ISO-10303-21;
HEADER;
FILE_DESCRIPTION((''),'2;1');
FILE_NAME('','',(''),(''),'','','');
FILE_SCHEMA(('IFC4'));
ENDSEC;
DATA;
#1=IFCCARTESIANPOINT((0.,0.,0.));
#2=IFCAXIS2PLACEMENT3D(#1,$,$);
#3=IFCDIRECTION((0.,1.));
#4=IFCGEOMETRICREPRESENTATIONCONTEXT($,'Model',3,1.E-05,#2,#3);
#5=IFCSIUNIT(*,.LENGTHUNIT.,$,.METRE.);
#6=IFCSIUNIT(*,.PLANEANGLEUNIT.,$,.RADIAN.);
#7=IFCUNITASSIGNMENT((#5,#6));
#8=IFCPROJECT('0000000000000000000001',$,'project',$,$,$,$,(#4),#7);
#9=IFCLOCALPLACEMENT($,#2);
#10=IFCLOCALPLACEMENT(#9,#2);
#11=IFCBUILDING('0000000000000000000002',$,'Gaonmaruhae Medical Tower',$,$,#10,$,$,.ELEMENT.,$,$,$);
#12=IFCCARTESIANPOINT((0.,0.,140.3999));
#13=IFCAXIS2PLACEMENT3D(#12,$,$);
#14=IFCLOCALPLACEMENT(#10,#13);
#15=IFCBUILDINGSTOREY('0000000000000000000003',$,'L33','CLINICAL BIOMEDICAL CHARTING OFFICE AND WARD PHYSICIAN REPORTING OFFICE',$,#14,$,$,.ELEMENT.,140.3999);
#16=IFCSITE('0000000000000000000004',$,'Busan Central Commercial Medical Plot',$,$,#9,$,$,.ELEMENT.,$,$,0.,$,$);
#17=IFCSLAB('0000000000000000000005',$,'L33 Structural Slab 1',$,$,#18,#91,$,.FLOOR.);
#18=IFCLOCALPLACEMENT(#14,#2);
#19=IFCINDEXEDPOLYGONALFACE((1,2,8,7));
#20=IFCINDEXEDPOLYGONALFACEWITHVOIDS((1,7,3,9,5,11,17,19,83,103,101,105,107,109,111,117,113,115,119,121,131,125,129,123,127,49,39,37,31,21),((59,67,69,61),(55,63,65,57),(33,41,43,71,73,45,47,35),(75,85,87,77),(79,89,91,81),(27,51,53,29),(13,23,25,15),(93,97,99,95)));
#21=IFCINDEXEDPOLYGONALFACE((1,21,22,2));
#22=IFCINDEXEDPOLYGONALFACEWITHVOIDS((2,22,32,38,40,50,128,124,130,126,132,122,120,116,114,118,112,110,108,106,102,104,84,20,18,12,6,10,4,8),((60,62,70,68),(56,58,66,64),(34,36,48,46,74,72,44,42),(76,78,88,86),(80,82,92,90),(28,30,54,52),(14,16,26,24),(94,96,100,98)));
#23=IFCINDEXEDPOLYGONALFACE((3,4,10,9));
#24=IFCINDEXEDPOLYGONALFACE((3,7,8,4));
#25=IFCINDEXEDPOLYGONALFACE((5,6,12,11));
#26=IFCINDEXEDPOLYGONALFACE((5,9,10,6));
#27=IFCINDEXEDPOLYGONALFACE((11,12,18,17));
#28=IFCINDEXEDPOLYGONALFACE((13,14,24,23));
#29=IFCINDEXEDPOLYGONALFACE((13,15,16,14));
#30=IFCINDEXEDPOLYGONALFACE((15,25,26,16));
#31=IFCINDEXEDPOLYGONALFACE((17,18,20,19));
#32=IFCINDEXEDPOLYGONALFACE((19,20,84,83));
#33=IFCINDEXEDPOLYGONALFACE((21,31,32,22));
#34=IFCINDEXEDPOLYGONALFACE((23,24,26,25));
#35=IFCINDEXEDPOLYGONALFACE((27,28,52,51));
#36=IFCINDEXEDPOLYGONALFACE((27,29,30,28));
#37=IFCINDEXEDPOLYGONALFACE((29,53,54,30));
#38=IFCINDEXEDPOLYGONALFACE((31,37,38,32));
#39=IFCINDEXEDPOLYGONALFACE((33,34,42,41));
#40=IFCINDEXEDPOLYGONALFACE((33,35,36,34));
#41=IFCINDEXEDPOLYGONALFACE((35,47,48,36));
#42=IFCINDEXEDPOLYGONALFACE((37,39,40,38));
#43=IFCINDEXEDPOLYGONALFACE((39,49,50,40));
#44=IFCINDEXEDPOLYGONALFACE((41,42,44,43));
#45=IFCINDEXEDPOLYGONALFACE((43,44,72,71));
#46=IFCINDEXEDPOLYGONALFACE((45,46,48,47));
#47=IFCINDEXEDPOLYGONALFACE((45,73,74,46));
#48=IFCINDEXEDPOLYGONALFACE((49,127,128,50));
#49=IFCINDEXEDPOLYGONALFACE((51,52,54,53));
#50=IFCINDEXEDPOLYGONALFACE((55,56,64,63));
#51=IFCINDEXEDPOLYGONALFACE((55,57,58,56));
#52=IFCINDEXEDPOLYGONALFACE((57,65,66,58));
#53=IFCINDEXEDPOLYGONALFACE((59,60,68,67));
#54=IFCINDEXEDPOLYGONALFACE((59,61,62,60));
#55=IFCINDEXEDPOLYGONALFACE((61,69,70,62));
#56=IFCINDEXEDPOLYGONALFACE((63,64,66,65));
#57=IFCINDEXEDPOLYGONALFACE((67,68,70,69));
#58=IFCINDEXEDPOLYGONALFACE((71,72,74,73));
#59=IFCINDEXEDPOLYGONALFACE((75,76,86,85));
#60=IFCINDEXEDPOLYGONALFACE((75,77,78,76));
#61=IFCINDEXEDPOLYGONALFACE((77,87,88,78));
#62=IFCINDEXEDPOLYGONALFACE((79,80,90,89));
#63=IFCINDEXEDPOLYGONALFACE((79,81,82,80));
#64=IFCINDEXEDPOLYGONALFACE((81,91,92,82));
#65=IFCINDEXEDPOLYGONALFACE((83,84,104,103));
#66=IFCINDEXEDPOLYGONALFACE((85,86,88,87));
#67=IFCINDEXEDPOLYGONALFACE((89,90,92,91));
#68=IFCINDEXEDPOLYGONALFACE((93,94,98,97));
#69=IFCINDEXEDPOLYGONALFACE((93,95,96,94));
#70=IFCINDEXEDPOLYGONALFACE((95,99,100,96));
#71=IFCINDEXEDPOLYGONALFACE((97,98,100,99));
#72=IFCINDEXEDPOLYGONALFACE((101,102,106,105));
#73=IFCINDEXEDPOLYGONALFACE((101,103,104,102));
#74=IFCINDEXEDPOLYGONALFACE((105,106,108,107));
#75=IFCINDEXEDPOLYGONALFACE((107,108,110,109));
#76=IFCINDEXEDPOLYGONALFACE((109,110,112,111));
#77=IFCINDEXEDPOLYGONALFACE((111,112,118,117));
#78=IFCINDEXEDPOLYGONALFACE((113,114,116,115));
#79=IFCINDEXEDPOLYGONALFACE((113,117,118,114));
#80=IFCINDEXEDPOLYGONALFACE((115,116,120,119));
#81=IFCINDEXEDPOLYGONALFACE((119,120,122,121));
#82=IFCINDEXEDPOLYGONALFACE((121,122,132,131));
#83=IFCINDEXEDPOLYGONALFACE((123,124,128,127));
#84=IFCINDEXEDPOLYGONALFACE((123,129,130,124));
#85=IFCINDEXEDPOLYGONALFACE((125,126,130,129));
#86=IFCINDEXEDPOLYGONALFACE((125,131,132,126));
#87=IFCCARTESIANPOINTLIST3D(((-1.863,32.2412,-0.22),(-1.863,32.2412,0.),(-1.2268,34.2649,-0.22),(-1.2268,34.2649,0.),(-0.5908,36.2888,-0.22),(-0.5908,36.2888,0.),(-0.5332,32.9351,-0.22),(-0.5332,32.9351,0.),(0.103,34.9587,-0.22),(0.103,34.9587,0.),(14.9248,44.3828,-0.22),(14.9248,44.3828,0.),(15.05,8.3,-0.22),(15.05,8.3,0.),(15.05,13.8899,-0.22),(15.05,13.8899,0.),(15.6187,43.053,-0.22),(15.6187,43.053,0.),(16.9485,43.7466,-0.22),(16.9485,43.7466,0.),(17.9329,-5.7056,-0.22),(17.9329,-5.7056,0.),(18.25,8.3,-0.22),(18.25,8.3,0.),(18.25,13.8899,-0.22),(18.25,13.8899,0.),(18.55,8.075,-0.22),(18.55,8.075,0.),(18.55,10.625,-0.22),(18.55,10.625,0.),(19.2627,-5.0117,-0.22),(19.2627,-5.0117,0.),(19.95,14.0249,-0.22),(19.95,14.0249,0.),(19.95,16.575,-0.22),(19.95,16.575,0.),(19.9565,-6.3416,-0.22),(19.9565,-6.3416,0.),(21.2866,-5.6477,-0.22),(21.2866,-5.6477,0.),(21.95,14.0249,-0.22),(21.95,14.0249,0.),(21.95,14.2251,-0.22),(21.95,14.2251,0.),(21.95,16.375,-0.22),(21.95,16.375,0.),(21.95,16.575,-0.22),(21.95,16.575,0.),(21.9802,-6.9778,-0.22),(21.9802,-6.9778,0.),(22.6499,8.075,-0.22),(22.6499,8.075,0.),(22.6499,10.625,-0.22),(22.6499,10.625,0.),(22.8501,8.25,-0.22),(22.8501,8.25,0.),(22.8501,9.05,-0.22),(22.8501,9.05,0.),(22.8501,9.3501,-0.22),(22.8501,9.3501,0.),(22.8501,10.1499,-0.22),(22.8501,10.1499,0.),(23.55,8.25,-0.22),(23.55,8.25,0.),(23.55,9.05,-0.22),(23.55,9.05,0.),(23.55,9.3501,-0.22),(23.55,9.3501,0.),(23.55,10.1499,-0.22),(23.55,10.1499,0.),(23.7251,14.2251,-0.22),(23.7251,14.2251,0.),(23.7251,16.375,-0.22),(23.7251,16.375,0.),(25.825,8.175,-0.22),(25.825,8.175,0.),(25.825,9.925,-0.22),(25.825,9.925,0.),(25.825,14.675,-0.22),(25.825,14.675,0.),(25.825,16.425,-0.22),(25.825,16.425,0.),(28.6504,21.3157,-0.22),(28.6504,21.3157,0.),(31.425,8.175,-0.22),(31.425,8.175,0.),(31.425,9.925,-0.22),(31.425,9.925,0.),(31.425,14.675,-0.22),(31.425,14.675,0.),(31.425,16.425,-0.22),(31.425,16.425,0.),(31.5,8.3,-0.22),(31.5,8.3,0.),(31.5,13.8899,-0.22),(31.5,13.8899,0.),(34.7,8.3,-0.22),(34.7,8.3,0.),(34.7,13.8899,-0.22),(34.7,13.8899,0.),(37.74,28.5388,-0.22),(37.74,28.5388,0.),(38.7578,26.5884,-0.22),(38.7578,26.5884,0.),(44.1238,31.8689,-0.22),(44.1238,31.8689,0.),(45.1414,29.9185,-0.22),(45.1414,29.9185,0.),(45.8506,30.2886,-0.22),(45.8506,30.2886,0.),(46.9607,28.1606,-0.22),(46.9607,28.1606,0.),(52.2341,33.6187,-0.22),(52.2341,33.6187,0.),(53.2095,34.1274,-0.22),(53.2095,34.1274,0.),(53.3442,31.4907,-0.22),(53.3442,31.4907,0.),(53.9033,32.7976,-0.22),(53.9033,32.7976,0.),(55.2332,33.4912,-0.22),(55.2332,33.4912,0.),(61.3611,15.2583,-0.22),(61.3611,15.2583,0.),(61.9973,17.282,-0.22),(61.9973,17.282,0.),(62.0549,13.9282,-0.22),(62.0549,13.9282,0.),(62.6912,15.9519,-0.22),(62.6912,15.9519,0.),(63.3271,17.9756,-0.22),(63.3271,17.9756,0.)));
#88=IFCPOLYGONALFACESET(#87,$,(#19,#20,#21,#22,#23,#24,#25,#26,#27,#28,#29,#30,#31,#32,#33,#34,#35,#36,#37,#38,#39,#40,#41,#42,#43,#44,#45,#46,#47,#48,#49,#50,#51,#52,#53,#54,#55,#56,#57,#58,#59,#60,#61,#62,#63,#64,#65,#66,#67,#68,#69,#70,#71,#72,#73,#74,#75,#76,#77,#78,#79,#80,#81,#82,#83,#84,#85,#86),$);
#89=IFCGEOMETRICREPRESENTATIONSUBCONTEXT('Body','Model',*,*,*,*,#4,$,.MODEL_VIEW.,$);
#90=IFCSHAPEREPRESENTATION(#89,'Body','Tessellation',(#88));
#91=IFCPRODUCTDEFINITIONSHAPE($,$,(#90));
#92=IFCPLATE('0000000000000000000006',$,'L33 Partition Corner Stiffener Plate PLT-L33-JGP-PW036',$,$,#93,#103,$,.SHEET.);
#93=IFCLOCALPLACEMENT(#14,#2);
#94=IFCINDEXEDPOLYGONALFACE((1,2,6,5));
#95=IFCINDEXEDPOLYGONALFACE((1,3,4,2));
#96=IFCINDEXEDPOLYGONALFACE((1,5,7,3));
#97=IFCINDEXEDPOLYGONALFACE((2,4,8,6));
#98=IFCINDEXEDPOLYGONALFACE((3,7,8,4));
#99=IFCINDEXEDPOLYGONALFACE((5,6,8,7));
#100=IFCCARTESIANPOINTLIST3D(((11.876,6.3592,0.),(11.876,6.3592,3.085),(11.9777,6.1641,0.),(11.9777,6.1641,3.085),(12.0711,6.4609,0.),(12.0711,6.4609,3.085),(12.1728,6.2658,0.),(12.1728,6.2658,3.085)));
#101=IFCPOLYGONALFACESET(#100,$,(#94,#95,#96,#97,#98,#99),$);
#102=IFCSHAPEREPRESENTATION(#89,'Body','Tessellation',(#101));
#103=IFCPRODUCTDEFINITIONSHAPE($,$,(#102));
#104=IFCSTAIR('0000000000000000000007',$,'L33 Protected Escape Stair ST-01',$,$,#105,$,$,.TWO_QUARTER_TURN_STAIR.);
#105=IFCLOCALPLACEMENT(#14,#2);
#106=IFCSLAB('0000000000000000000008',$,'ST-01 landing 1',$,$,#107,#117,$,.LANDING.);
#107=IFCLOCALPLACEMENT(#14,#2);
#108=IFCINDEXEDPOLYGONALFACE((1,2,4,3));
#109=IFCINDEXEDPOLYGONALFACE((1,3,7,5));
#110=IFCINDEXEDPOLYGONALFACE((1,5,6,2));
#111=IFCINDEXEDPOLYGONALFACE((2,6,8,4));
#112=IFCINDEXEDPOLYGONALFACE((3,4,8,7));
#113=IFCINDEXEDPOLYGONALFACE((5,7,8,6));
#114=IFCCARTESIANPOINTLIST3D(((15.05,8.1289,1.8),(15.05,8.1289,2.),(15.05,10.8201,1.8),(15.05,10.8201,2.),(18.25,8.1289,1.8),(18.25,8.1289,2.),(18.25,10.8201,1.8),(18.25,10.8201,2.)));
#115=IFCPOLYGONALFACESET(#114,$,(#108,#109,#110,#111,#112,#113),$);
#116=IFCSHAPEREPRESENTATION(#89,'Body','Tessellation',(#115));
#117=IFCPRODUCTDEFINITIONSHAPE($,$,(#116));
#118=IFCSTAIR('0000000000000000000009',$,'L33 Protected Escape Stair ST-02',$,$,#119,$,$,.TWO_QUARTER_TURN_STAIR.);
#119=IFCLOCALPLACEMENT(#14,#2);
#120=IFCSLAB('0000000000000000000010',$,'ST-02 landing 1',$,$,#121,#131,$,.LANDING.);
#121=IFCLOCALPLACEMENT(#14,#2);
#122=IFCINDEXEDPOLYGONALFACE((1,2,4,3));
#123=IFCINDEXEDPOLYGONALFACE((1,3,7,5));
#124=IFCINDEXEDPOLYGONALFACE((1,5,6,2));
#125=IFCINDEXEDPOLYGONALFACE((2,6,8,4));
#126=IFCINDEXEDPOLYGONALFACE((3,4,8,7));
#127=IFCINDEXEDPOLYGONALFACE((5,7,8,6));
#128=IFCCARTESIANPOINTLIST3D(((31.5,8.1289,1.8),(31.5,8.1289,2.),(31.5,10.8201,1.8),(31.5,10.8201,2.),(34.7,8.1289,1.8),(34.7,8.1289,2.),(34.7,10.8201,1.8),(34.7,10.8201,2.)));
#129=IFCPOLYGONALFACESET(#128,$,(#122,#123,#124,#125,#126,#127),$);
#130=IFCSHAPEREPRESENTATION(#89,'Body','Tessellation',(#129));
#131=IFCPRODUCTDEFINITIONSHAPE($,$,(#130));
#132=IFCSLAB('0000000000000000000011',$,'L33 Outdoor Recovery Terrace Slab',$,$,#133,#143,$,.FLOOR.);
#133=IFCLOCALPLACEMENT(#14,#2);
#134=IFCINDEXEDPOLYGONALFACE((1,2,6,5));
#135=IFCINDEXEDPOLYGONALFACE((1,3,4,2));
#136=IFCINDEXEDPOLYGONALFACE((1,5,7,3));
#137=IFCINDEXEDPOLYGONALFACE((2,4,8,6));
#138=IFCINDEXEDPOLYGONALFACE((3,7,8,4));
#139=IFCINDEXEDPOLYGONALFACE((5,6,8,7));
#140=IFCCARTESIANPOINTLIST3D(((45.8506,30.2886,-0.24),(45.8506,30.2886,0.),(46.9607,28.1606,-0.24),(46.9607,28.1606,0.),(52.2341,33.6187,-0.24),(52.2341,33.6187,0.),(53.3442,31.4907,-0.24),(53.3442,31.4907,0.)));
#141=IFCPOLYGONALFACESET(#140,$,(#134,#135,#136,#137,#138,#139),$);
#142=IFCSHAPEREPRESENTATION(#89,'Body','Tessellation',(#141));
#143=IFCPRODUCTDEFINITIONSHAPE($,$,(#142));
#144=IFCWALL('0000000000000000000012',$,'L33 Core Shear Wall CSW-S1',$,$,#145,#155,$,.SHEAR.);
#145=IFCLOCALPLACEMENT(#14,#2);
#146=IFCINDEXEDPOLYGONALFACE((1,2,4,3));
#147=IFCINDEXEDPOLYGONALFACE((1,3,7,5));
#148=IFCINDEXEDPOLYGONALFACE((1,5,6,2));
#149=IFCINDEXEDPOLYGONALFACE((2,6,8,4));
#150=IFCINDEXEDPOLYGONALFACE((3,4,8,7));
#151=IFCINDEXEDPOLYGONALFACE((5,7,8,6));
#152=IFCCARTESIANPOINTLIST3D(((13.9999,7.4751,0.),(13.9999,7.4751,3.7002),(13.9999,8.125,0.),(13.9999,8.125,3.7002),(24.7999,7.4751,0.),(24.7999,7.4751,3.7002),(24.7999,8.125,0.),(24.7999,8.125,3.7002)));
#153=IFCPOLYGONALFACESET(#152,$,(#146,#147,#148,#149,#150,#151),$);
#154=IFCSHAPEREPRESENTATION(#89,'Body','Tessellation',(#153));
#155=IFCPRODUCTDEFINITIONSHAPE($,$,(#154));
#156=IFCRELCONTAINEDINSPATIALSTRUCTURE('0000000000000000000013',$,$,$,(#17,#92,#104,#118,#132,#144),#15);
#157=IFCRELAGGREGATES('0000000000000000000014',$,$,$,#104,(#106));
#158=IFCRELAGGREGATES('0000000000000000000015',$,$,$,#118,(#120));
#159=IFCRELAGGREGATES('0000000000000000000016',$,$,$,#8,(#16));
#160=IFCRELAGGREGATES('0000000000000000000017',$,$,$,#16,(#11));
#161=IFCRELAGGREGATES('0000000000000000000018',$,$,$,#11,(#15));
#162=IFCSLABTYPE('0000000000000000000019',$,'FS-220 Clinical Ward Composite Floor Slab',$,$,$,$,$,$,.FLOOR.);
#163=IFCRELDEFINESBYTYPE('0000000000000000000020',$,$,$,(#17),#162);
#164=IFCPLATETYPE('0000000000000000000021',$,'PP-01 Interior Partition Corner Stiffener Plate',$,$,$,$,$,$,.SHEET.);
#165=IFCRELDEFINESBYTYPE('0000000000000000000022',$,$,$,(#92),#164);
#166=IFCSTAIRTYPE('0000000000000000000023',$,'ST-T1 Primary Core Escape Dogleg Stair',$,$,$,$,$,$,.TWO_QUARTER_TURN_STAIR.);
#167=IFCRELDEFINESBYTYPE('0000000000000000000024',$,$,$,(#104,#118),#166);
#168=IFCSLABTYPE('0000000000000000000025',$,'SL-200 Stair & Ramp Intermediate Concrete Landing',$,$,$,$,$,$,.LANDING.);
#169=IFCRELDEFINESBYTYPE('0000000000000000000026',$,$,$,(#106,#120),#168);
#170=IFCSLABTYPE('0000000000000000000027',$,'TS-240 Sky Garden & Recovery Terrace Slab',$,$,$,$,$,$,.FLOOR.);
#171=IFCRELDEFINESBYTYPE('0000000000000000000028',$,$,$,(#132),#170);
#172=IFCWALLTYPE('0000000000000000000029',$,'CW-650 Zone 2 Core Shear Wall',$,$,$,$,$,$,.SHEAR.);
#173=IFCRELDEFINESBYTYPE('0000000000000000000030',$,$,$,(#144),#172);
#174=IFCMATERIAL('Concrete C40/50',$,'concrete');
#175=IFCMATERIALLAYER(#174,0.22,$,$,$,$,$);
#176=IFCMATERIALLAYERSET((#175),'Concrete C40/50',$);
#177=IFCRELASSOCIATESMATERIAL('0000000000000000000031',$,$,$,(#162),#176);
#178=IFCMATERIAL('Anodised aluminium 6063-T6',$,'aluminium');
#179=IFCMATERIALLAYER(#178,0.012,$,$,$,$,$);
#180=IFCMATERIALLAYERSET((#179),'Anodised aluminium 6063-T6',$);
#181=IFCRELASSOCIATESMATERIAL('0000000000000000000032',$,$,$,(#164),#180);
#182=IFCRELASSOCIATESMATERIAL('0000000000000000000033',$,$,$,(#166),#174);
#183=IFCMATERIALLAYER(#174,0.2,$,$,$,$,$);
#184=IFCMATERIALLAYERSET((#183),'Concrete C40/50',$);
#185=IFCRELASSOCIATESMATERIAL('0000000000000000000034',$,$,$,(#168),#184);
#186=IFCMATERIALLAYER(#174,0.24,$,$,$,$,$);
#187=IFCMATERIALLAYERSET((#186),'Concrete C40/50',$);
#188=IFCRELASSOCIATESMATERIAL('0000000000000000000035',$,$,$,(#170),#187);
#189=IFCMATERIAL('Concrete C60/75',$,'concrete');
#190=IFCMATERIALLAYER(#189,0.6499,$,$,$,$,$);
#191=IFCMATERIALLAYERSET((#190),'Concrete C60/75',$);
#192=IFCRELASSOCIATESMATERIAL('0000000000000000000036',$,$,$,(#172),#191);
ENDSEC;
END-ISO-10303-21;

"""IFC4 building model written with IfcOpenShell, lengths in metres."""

from ifc_helpers import new_model, si_unit, direction, frame, frame_2d, origin, origin_2d, place, context, subcontext, project, spatial, polyline, rectangle, outline, extrude, material, layer, layer_set, type_object, element, aggregate, save


model = new_model("IFC4")

# Units and contexts
model_context = context("Model", 3, precision=1e-05, world=origin(), true_north=direction((0.0, 1.0)))
body_context = subcontext(model_context, "Body", "Model", "MODEL_VIEW")
ifc_project = project(units=[si_unit("LENGTHUNIT", "METRE"), si_unit("PLANEANGLEUNIT", "RADIAN")], contexts=[model_context])

# Site, building, storey
site_placement = place(None, origin())
site = spatial("IfcSite", under=ifc_project, at=site_placement, Name="Busan Central Commercial Medical Plot", CompositionType="ELEMENT", RefElevation=0.0)
building_placement = place(site_placement, origin())
building = spatial("IfcBuilding", under=site, at=building_placement, Name="Gaonmaruhae Medical Tower", CompositionType="ELEMENT")
storey_placement = place(building_placement, frame((0.0, 0.0, 140.3999)))
storey = spatial("IfcBuildingStorey", under=building, at=storey_placement, Name="L33", Description="CLINICAL BIOMEDICAL CHARTING OFFICE AND WARD PHYSICIAN REPORTING OFFICE", CompositionType="ELEMENT", Elevation=140.3999)

# Shared definitions
ifc_material_1 = material(Name="Concrete C60/75", Category="concrete")

# Slab
ifc_material_2 = material(Name="Concrete C40/50", Category="concrete")
ifc_layer_1 = layer(ifc_material_2, 0.22)
ifc_layer_set_1 = layer_set([ifc_layer_1], Name="Concrete C40/50")
slab_type_1 = type_object("IfcSlabType", Name="FS-220 Clinical Ward Composite Floor Slab", PredefinedType="FLOOR", material=ifc_layer_set_1)
slab_1_placement = place(storey_placement, frame((0.0, 0.0, -0.22)))
element("IfcSlab", 1, at=slab_1_placement, inside=storey, type_object=slab_type_1, Name="L33 Structural Slab 1", PredefinedType="FLOOR", context=body_context, shape_type="SweptSolid", body=[
    extrude(outline(polyline([(53.9033, 32.7976), (55.2332, 33.4912), (63.3271, 17.9756), (61.9973, 17.282), (62.6912, 15.9519), (61.3611, 15.2583), (62.0549, 13.9282), (21.9802, -6.9778), (21.2866, -5.6477), (19.9565, -6.3416), (19.2627, -5.0117), (17.9329, -5.7056), (-1.863, 32.2412), (-0.5332, 32.9351), (-1.2268, 34.2649), (0.103, 34.9587), (-0.5908, 36.2888), (14.9248, 44.3828), (15.6187, 43.053), (16.9485, 43.7466), (28.6504, 21.3157), (38.7578, 26.5884), (37.74, 28.5388), (44.1238, 31.8689), (45.1414, 29.9185), (45.8506, 30.2886), (46.9607, 28.1606), (53.3442, 31.4907), (52.2341, 33.6187), (53.2095, 34.1274), (53.9033, 32.7976)]), holes=[polyline([(23.55, 8.25), (22.8501, 8.25), (22.8501, 9.05), (23.55, 9.05), (23.55, 8.25)]), polyline([(25.825, 9.925), (31.425, 9.925), (31.425, 8.175), (25.825, 8.175), (25.825, 9.925)]), polyline([(22.6499, 10.625), (22.6499, 8.075), (18.55, 8.075), (18.55, 10.625), (22.6499, 10.625)]), polyline([(23.55, 9.3501), (22.8501, 9.3501), (22.8501, 10.1499), (23.55, 10.1499), (23.55, 9.3501)]), polyline([(15.05, 13.8899), (18.25, 13.8899), (18.25, 8.3), (15.05, 8.3), (15.05, 13.8899)]), polyline([(31.5, 13.8899), (34.7, 13.8899), (34.7, 8.3), (31.5, 8.3), (31.5, 13.8899)]), polyline([(21.95, 14.2251), (21.95, 14.0249), (19.95, 14.0249), (19.95, 16.575), (21.95, 16.575), (21.95, 16.375), (23.7251, 16.375), (23.7251, 14.2251), (21.95, 14.2251)]), polyline([(25.825, 16.425), (31.425, 16.425), (31.425, 14.675), (25.825, 14.675), (25.825, 16.425)])]), origin(), (0.0, 0.0, 1.0), 0.22),
])

# Plate
ifc_material_3 = material(Name="Anodised aluminium 6063-T6", Category="aluminium")
ifc_layer_2 = layer(ifc_material_3, 0.012)
ifc_layer_set_2 = layer_set([ifc_layer_2], Name="Anodised aluminium 6063-T6")
plate_type = type_object("IfcPlateType", Name="PP-01 Interior Partition Corner Stiffener Plate", PredefinedType="SHEET", material=ifc_layer_set_2)
plate_placement = place(storey_placement, frame((12.0244, 6.3125, 0.0), z_axis=(0.0, 0.0, 1.0), x_axis=(-0.462259, 0.886745, 0.0)))
element("IfcPlate", 2, at=plate_placement, inside=storey, type_object=plate_type, Name="L33 Partition Corner Stiffener Plate PLT-L33-JGP-PW036", PredefinedType="SHEET", context=body_context, shape_type="SweptSolid", body=[
    extrude(rectangle(XDim=0.22, YDim=0.22, at=origin_2d()), origin(), (0.0, 0.0, 1.0), 3.085),
])

# Stairs, slabs
stair_type = type_object("IfcStairType", Name="ST-T1 Primary Core Escape Dogleg Stair", PredefinedType="TWO_QUARTER_TURN_STAIR", material=ifc_material_2)
stair_1_placement = place(storey_placement, origin())
stair_1 = element("IfcStair", 3, at=stair_1_placement, inside=storey, type_object=stair_type, Name="L33 Protected Escape Stair ST-01", PredefinedType="TWO_QUARTER_TURN_STAIR")
ifc_layer_3 = layer(ifc_material_2, 0.2)
ifc_layer_set_3 = layer_set([ifc_layer_3], Name="Concrete C40/50")
slab_type_2 = type_object("IfcSlabType", Name="SL-200 Stair & Ramp Intermediate Concrete Landing", PredefinedType="LANDING", material=ifc_layer_set_3)
slab_2_placement = place(storey_placement, frame((0.0, 0.0, 1.8)))
slab_2 = element("IfcSlab", 4, at=slab_2_placement, type_object=slab_type_2, Name="ST-01 landing 1", PredefinedType="LANDING", context=body_context, shape_type="SweptSolid", body=[
    extrude(outline(polyline([(15.05, 10.8201), (15.05, 8.1289), (18.25, 8.1289), (18.25, 10.8201), (15.05, 10.8201)])), origin(), (0.0, 0.0, 1.0), 0.2),
])
aggregate(stair_1, [slab_2])
stair_2_placement = place(storey_placement, origin())
stair_2 = element("IfcStair", 5, at=stair_2_placement, inside=storey, type_object=stair_type, Name="L33 Protected Escape Stair ST-02", PredefinedType="TWO_QUARTER_TURN_STAIR")
slab_3_placement = place(storey_placement, frame((0.0, 0.0, 1.8)))
slab_3 = element("IfcSlab", 6, at=slab_3_placement, type_object=slab_type_2, Name="ST-02 landing 1", PredefinedType="LANDING", context=body_context, shape_type="SweptSolid", body=[
    extrude(outline(polyline([(31.5, 10.8201), (31.5, 8.1289), (34.7, 8.1289), (34.7, 10.8201), (31.5, 10.8201)])), origin(), (0.0, 0.0, 1.0), 0.2),
])
aggregate(stair_2, [slab_3])

# Slab
ifc_layer_4 = layer(ifc_material_2, 0.24)
ifc_layer_set_4 = layer_set([ifc_layer_4], Name="Concrete C40/50")
slab_type_3 = type_object("IfcSlabType", Name="TS-240 Sky Garden & Recovery Terrace Slab", PredefinedType="FLOOR", material=ifc_layer_set_4)
slab_4_placement = place(storey_placement, frame((0.0, 0.0, -0.24)))
element("IfcSlab", 7, at=slab_4_placement, inside=storey, type_object=slab_type_3, Name="L33 Outdoor Recovery Terrace Slab", PredefinedType="FLOOR", context=body_context, shape_type="SweptSolid", body=[
    extrude(outline(polyline([(46.9607, 28.1606), (53.3442, 31.4907), (52.2341, 33.6187), (45.8506, 30.2886), (46.9607, 28.1606)])), origin(), (0.0, 0.0, 1.0), 0.24),
])

# Wall
ifc_layer_5 = layer(ifc_material_1, 0.6499)
ifc_layer_set_5 = layer_set([ifc_layer_5], Name="Concrete C60/75")
wall_type_1 = type_object("IfcWallType", Name="CW-650 Zone 2 Core Shear Wall", PredefinedType="SHEAR", material=ifc_layer_set_5)
wall_1_placement = place(storey_placement, frame((14.0, 7.8, 0.0), z_axis=(0.0, 0.0, 1.0), x_axis=(1.0, 0.0, 0.0)))
element("IfcWall", 8, at=wall_1_placement, inside=storey, type_object=wall_type_1, Name="L33 Core Shear Wall CSW-S1", PredefinedType="SHEAR", context=body_context, shape_type="SweptSolid", body=[
    extrude(rectangle(XDim=10.8, YDim=0.6499, at=frame_2d((5.3999, 0.0))), origin(), (0.0, 0.0, 1.0), 3.7002),
])

save(model, "model.ifc")
